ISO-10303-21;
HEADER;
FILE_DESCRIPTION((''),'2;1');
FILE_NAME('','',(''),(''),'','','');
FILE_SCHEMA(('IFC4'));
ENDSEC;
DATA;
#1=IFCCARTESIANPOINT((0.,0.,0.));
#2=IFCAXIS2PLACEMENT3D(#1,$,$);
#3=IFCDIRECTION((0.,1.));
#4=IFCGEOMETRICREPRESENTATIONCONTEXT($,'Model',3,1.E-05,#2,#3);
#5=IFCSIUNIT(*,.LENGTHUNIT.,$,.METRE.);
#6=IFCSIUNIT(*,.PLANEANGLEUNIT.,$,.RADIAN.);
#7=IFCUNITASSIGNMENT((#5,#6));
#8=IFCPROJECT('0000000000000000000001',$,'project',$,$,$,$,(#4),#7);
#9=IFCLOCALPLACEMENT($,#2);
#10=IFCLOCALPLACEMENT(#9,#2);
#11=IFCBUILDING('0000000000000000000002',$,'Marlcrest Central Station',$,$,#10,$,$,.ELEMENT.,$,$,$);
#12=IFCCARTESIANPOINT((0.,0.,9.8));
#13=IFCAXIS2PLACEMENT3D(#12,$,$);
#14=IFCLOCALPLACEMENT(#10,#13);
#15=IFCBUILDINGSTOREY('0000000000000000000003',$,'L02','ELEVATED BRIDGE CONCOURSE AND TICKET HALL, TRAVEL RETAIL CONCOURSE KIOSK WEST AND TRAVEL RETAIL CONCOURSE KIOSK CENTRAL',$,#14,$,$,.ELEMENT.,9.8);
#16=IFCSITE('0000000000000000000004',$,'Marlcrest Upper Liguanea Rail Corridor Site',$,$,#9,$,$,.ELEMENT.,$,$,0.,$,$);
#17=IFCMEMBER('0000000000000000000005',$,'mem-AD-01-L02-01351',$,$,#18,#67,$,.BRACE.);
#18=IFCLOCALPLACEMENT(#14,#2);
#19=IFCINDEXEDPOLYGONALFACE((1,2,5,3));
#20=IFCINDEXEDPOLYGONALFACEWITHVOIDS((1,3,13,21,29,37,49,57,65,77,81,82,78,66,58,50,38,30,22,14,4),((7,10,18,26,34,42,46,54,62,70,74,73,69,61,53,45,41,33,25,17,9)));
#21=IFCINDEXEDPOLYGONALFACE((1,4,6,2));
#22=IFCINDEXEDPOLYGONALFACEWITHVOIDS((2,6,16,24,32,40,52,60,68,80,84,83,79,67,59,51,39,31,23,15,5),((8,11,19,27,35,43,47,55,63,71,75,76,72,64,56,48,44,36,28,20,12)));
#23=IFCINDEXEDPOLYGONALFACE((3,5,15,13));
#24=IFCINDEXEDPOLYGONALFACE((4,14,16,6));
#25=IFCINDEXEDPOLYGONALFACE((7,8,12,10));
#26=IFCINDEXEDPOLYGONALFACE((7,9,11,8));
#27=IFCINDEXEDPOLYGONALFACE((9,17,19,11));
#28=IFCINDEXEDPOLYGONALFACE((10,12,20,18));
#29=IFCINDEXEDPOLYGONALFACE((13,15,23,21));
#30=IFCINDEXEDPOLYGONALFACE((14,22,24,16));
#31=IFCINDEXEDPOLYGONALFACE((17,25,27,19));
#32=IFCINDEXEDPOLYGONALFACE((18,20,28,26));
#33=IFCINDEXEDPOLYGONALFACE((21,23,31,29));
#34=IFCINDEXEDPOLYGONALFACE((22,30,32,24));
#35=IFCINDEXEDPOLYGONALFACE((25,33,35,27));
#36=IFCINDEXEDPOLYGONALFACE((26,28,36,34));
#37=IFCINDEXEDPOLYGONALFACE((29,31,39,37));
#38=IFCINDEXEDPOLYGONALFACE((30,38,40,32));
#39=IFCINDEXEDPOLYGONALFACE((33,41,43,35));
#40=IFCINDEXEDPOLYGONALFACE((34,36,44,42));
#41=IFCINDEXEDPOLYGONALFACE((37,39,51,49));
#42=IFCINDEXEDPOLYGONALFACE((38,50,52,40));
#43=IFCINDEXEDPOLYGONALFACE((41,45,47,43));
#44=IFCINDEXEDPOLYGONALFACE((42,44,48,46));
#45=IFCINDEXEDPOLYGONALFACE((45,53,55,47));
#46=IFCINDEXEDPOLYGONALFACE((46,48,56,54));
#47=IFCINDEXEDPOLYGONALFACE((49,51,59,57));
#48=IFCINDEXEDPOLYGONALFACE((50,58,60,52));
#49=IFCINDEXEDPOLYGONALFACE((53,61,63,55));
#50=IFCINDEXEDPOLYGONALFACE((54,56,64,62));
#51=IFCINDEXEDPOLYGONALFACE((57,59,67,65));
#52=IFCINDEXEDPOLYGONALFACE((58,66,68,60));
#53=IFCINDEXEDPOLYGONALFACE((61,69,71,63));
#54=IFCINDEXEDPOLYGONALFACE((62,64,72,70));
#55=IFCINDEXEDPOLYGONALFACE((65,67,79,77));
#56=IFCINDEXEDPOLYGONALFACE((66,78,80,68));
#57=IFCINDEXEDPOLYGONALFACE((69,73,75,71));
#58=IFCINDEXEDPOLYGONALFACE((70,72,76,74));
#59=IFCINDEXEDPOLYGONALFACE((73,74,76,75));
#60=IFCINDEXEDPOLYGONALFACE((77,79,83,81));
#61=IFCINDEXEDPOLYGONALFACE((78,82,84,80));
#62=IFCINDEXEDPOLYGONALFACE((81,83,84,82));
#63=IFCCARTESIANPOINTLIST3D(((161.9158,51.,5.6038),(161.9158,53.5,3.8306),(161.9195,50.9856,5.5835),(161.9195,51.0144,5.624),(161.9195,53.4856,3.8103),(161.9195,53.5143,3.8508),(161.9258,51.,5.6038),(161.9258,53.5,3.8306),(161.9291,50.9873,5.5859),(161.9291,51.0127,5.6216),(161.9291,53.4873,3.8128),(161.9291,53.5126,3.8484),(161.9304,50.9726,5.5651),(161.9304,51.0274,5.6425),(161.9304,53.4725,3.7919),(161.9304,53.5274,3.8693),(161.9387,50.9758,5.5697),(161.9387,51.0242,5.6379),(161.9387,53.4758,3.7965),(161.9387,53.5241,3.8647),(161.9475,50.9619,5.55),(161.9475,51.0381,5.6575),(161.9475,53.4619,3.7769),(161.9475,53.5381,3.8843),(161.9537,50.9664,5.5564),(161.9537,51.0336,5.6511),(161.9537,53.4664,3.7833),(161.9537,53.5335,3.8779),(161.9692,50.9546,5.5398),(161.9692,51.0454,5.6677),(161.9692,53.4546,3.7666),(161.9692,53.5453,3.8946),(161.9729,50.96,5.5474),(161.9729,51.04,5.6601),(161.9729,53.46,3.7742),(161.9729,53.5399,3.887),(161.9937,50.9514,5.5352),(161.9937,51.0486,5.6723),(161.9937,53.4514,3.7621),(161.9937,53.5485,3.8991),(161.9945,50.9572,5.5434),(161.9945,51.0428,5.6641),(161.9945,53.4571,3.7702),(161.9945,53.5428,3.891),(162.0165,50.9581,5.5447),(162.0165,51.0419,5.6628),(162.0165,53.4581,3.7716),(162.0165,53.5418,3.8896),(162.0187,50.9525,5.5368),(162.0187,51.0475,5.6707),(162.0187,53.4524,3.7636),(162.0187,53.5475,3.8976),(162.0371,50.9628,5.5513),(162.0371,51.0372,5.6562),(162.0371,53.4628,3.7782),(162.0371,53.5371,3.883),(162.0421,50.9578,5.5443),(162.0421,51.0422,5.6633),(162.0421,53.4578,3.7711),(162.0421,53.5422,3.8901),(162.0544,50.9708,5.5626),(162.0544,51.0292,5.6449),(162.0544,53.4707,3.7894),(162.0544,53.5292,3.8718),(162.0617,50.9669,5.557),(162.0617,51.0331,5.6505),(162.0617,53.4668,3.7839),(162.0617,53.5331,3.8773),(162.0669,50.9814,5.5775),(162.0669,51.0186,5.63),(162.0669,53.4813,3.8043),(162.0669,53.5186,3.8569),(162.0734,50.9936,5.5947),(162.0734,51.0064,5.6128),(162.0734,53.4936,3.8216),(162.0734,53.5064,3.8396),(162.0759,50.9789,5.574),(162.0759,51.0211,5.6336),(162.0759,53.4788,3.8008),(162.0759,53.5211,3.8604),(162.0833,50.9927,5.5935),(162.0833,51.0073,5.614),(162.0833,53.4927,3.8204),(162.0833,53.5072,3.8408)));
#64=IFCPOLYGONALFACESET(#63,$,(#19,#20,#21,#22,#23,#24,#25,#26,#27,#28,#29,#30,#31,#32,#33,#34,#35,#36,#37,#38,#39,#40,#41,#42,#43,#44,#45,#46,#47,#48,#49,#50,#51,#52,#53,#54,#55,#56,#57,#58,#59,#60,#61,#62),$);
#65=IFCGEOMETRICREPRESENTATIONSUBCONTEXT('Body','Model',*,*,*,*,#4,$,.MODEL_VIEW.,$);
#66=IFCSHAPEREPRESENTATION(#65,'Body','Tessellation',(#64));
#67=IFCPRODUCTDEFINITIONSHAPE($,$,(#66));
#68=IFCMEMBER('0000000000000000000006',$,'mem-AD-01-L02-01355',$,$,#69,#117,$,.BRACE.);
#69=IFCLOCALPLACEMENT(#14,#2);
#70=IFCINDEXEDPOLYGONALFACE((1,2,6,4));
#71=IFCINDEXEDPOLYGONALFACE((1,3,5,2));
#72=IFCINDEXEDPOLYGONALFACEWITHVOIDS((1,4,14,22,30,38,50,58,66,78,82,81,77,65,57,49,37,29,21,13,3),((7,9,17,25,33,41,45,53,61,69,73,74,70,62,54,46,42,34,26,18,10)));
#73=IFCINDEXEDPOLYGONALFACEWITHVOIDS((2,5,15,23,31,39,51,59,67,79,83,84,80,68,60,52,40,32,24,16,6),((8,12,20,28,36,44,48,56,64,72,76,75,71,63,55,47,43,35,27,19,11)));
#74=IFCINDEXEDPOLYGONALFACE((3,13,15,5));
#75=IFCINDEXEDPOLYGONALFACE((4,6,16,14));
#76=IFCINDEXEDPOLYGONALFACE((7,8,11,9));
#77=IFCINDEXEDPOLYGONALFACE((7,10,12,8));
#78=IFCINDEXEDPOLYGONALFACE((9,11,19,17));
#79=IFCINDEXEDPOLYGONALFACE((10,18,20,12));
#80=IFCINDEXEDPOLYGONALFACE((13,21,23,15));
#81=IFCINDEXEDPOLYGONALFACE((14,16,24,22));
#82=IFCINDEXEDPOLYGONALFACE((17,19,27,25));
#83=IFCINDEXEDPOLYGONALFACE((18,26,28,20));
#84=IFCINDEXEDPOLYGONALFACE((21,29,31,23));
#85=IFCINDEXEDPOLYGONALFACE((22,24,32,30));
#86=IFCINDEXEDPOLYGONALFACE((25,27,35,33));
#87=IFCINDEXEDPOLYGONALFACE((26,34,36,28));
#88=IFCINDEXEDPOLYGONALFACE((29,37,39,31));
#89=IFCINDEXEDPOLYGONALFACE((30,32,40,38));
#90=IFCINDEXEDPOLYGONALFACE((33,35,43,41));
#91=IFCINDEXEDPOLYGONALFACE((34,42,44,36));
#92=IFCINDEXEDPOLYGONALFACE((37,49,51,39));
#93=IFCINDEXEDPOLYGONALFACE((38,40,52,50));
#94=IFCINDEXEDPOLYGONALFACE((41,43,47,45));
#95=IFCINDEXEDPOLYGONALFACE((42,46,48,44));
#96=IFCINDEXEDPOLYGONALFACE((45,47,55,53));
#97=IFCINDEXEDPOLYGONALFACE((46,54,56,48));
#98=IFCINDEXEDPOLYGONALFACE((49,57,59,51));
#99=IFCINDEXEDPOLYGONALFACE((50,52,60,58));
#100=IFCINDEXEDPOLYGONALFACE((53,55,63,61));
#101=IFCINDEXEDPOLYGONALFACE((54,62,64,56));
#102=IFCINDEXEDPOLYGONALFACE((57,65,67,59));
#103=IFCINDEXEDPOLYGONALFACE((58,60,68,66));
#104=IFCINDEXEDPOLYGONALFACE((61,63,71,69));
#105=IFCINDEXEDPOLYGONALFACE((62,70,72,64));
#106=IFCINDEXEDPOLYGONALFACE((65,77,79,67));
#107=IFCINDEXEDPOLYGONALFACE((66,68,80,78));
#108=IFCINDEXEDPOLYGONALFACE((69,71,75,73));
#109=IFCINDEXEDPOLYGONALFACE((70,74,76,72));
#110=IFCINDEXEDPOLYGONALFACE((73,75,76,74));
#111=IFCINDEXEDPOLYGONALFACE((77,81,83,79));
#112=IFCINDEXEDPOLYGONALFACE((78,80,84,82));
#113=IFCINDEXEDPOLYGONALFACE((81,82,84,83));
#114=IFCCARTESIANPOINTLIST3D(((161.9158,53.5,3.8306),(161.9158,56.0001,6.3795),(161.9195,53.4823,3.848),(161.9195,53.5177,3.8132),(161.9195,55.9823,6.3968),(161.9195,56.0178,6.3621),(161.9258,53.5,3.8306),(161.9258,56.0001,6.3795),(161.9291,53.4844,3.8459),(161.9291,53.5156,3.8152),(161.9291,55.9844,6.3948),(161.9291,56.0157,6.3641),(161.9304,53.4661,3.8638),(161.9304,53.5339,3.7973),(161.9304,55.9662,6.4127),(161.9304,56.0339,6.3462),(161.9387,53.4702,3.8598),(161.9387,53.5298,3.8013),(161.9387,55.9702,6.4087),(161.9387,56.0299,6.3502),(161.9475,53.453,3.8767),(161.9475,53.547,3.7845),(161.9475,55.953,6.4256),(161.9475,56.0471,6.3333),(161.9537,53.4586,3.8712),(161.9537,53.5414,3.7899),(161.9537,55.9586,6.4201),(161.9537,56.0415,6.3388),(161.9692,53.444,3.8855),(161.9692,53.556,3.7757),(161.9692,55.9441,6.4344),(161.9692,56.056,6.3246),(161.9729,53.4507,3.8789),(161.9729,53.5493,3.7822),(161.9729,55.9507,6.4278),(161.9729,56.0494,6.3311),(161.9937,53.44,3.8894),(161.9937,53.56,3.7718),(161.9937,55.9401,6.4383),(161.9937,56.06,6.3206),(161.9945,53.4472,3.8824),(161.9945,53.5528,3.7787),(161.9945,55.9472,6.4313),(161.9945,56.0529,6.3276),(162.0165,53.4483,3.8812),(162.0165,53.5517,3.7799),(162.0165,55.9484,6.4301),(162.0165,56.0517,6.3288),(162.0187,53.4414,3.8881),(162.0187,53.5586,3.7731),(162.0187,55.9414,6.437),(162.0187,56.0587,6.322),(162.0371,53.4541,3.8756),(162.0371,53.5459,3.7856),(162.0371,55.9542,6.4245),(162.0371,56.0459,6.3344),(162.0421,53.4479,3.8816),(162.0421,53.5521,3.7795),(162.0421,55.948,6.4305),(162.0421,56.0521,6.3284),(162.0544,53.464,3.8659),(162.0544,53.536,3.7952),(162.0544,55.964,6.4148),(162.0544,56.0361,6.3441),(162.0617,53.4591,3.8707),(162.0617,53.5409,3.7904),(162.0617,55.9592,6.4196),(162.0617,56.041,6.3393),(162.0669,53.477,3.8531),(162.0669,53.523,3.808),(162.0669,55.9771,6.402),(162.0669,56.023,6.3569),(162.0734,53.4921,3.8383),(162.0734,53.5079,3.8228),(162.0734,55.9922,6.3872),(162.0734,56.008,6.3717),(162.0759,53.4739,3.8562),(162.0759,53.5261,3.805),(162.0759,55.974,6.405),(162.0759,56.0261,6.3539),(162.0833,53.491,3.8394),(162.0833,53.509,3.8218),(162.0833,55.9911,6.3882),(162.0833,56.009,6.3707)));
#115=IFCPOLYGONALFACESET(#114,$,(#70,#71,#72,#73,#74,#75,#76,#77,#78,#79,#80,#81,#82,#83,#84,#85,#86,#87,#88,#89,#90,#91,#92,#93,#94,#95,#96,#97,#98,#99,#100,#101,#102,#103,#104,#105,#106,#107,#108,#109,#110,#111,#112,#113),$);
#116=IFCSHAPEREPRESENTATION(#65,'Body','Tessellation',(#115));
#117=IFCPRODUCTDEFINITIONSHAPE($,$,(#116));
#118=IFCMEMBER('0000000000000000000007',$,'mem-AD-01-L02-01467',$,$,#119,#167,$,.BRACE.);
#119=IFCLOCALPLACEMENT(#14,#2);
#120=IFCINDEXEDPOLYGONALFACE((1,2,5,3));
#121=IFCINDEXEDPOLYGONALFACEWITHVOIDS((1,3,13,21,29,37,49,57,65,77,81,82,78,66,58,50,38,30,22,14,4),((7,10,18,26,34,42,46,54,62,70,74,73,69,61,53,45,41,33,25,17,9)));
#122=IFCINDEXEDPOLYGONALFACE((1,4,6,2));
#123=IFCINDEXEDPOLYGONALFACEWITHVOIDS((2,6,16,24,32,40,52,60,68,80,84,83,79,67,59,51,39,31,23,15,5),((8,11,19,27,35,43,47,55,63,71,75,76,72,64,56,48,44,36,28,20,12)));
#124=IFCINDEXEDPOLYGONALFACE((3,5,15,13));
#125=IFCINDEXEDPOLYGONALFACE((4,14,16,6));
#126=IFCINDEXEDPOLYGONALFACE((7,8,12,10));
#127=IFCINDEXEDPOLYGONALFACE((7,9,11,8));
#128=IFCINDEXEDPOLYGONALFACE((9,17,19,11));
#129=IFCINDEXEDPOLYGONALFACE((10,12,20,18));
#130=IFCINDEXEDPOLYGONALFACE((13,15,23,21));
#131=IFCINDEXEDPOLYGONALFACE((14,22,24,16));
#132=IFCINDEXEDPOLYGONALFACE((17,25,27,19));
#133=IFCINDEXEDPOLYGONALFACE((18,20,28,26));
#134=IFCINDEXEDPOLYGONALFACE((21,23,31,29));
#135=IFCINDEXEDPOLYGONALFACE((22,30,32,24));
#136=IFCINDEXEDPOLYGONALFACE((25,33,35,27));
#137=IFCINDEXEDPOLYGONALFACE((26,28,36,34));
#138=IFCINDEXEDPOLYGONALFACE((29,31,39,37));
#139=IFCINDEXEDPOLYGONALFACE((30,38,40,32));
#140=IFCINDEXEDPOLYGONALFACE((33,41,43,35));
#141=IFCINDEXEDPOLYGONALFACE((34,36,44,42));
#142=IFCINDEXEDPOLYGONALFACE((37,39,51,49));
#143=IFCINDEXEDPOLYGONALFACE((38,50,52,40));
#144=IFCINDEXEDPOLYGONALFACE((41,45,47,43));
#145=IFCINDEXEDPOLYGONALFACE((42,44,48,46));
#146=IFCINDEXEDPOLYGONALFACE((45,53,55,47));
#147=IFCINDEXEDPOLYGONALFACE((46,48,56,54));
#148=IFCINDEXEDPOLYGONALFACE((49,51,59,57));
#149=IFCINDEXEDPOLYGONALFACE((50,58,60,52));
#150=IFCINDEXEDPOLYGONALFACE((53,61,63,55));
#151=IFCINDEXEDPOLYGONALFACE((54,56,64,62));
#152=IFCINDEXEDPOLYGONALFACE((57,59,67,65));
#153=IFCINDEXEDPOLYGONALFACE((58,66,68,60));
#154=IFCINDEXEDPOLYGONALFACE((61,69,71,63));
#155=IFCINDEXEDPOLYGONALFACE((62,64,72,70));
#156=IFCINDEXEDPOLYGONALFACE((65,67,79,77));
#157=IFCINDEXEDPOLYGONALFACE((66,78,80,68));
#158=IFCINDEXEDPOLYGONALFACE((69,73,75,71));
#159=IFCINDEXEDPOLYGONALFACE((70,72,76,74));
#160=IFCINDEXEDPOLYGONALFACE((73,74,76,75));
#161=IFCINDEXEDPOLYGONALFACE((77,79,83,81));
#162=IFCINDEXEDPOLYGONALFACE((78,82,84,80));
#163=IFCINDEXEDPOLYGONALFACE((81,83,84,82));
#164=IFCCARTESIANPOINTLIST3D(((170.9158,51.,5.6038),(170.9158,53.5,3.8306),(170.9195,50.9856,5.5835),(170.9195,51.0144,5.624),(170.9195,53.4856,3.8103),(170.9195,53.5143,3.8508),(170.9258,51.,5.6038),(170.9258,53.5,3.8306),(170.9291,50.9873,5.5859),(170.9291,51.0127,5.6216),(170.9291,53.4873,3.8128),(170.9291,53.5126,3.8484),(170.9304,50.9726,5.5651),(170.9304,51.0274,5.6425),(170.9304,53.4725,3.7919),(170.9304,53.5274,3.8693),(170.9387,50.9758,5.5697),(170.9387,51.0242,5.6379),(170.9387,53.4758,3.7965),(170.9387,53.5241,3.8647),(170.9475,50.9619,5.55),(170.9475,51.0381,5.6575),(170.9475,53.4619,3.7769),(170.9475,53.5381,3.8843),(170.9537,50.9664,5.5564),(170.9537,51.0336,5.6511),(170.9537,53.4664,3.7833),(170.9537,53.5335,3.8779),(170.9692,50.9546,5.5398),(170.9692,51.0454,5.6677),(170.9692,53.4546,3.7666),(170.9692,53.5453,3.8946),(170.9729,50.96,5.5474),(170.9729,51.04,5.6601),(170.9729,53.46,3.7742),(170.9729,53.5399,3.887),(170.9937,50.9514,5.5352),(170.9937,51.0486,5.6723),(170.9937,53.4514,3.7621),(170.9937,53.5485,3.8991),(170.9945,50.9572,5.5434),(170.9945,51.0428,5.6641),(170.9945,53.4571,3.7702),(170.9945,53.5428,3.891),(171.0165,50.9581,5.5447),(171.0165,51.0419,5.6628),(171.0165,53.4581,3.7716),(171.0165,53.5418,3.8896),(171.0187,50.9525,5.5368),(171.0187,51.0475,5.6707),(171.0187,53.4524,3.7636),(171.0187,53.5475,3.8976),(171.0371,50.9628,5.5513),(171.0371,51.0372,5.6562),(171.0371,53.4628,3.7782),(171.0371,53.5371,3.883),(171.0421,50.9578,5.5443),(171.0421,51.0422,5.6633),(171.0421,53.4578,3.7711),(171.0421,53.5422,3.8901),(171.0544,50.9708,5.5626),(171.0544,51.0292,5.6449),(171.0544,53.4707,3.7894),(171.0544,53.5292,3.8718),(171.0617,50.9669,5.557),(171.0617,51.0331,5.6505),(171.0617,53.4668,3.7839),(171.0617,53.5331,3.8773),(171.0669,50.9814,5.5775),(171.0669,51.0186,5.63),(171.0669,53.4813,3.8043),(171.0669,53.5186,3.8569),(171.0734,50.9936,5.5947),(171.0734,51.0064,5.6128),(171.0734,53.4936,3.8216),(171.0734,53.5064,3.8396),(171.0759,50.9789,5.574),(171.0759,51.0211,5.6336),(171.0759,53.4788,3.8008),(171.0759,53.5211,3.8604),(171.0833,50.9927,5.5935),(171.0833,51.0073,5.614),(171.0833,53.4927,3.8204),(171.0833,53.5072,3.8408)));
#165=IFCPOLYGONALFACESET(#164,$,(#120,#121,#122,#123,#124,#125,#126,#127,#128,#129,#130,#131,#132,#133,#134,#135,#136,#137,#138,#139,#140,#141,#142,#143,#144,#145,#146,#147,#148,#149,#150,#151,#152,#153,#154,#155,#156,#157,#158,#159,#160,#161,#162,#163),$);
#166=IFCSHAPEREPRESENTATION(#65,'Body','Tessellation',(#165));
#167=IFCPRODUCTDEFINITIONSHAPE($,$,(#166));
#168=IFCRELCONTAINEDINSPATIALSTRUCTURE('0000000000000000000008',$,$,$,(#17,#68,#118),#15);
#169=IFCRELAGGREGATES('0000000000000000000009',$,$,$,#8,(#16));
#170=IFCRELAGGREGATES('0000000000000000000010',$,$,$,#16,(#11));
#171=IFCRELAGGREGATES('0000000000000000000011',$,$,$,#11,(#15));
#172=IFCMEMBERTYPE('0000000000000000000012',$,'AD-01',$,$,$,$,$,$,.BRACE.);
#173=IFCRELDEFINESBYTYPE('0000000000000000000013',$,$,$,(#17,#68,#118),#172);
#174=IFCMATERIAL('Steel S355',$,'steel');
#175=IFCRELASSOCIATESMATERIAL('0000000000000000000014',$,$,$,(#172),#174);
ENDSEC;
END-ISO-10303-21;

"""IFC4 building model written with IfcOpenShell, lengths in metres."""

from ifc_helpers import new_model, si_unit, direction, frame, origin, origin_2d, place, context, subcontext, project, spatial, hollow_circle, extrude, material, material_profile, profile_set, type_object, element, save


model = new_model("IFC4")

# Units and contexts
model_context = context("Model", 3, precision=1e-05, world=origin(), true_north=direction((0.0, 1.0)))
body_context = subcontext(model_context, "Body", "Model", "MODEL_VIEW")
ifc_project = project(units=[si_unit("LENGTHUNIT", "METRE"), si_unit("PLANEANGLEUNIT", "RADIAN")], contexts=[model_context])

# Site, building, storey
site_placement = place(None, origin())
site = spatial("IfcSite", under=ifc_project, at=site_placement, Name="Marlcrest Upper Liguanea Rail Corridor Site", CompositionType="ELEMENT", RefElevation=0.0)
building_placement = place(site_placement, origin())
building = spatial("IfcBuilding", under=site, at=building_placement, Name="Marlcrest Central Station", CompositionType="ELEMENT")
storey_placement = place(building_placement, frame((0.0, 0.0, 9.8)))
storey = spatial("IfcBuildingStorey", under=building, at=storey_placement, Name="L02", Description="ELEVATED BRIDGE CONCOURSE AND TICKET HALL, TRAVEL RETAIL CONCOURSE KIOSK WEST AND TRAVEL RETAIL CONCOURSE KIOSK CENTRAL", CompositionType="ELEMENT", Elevation=9.8)

# Members
ifc_material = material(Name="Steel S355", Category="steel")
ifc_material_profile_1 = material_profile(ifc_material, hollow_circle(Radius=0.0842, WallThickness=0.01, at=origin_2d()), Name="CHS 168.3x10")
ifc_profile_set_1 = profile_set([ifc_material_profile_1], Name="Steel S355")
member_type_1 = type_object("IfcMemberType", Name="AD-01", PredefinedType="BRACE", material=ifc_profile_set_1)
member_1_placement = place(storey_placement, frame((162.0, 51.0, 5.6038), z_axis=(0.0, 0.815661, -0.57853), x_axis=(-1.0, 0.0, 0.0)))
element("IfcMember", 1, at=member_1_placement, inside=storey, type_object=member_type_1, Name="mem-AD-01-L02-01351", PredefinedType="BRACE", context=body_context, shape_type="SweptSolid", body=[
    extrude(hollow_circle(Radius=0.0842, WallThickness=0.01, at=origin_2d()), origin(), (0.0, 0.0, 1.0), 3.0649),
])
member_2_placement = place(storey_placement, frame((162.0, 53.5, 3.8306), z_axis=(0.0, 0.700235, 0.713912), x_axis=(-1.0, 0.0, 0.0)))
element("IfcMember", 2, at=member_2_placement, inside=storey, type_object=member_type_1, Name="mem-AD-01-L02-01355", PredefinedType="BRACE", context=body_context, shape_type="SweptSolid", body=[
    extrude(hollow_circle(Radius=0.0842, WallThickness=0.01, at=origin_2d()), origin(), (0.0, 0.0, 1.0), 3.5703),
])
member_3_placement = place(storey_placement, frame((171.0, 51.0, 5.6038), z_axis=(0.0, 0.815661, -0.57853), x_axis=(-1.0, 0.0, 0.0)))
element("IfcMember", 3, at=member_3_placement, inside=storey, type_object=member_type_1, Name="mem-AD-01-L02-01467", PredefinedType="BRACE", context=body_context, shape_type="SweptSolid", body=[
    extrude(hollow_circle(Radius=0.0842, WallThickness=0.01, at=origin_2d()), origin(), (0.0, 0.0, 1.0), 3.0649),
])

save(model, "model.ifc")
